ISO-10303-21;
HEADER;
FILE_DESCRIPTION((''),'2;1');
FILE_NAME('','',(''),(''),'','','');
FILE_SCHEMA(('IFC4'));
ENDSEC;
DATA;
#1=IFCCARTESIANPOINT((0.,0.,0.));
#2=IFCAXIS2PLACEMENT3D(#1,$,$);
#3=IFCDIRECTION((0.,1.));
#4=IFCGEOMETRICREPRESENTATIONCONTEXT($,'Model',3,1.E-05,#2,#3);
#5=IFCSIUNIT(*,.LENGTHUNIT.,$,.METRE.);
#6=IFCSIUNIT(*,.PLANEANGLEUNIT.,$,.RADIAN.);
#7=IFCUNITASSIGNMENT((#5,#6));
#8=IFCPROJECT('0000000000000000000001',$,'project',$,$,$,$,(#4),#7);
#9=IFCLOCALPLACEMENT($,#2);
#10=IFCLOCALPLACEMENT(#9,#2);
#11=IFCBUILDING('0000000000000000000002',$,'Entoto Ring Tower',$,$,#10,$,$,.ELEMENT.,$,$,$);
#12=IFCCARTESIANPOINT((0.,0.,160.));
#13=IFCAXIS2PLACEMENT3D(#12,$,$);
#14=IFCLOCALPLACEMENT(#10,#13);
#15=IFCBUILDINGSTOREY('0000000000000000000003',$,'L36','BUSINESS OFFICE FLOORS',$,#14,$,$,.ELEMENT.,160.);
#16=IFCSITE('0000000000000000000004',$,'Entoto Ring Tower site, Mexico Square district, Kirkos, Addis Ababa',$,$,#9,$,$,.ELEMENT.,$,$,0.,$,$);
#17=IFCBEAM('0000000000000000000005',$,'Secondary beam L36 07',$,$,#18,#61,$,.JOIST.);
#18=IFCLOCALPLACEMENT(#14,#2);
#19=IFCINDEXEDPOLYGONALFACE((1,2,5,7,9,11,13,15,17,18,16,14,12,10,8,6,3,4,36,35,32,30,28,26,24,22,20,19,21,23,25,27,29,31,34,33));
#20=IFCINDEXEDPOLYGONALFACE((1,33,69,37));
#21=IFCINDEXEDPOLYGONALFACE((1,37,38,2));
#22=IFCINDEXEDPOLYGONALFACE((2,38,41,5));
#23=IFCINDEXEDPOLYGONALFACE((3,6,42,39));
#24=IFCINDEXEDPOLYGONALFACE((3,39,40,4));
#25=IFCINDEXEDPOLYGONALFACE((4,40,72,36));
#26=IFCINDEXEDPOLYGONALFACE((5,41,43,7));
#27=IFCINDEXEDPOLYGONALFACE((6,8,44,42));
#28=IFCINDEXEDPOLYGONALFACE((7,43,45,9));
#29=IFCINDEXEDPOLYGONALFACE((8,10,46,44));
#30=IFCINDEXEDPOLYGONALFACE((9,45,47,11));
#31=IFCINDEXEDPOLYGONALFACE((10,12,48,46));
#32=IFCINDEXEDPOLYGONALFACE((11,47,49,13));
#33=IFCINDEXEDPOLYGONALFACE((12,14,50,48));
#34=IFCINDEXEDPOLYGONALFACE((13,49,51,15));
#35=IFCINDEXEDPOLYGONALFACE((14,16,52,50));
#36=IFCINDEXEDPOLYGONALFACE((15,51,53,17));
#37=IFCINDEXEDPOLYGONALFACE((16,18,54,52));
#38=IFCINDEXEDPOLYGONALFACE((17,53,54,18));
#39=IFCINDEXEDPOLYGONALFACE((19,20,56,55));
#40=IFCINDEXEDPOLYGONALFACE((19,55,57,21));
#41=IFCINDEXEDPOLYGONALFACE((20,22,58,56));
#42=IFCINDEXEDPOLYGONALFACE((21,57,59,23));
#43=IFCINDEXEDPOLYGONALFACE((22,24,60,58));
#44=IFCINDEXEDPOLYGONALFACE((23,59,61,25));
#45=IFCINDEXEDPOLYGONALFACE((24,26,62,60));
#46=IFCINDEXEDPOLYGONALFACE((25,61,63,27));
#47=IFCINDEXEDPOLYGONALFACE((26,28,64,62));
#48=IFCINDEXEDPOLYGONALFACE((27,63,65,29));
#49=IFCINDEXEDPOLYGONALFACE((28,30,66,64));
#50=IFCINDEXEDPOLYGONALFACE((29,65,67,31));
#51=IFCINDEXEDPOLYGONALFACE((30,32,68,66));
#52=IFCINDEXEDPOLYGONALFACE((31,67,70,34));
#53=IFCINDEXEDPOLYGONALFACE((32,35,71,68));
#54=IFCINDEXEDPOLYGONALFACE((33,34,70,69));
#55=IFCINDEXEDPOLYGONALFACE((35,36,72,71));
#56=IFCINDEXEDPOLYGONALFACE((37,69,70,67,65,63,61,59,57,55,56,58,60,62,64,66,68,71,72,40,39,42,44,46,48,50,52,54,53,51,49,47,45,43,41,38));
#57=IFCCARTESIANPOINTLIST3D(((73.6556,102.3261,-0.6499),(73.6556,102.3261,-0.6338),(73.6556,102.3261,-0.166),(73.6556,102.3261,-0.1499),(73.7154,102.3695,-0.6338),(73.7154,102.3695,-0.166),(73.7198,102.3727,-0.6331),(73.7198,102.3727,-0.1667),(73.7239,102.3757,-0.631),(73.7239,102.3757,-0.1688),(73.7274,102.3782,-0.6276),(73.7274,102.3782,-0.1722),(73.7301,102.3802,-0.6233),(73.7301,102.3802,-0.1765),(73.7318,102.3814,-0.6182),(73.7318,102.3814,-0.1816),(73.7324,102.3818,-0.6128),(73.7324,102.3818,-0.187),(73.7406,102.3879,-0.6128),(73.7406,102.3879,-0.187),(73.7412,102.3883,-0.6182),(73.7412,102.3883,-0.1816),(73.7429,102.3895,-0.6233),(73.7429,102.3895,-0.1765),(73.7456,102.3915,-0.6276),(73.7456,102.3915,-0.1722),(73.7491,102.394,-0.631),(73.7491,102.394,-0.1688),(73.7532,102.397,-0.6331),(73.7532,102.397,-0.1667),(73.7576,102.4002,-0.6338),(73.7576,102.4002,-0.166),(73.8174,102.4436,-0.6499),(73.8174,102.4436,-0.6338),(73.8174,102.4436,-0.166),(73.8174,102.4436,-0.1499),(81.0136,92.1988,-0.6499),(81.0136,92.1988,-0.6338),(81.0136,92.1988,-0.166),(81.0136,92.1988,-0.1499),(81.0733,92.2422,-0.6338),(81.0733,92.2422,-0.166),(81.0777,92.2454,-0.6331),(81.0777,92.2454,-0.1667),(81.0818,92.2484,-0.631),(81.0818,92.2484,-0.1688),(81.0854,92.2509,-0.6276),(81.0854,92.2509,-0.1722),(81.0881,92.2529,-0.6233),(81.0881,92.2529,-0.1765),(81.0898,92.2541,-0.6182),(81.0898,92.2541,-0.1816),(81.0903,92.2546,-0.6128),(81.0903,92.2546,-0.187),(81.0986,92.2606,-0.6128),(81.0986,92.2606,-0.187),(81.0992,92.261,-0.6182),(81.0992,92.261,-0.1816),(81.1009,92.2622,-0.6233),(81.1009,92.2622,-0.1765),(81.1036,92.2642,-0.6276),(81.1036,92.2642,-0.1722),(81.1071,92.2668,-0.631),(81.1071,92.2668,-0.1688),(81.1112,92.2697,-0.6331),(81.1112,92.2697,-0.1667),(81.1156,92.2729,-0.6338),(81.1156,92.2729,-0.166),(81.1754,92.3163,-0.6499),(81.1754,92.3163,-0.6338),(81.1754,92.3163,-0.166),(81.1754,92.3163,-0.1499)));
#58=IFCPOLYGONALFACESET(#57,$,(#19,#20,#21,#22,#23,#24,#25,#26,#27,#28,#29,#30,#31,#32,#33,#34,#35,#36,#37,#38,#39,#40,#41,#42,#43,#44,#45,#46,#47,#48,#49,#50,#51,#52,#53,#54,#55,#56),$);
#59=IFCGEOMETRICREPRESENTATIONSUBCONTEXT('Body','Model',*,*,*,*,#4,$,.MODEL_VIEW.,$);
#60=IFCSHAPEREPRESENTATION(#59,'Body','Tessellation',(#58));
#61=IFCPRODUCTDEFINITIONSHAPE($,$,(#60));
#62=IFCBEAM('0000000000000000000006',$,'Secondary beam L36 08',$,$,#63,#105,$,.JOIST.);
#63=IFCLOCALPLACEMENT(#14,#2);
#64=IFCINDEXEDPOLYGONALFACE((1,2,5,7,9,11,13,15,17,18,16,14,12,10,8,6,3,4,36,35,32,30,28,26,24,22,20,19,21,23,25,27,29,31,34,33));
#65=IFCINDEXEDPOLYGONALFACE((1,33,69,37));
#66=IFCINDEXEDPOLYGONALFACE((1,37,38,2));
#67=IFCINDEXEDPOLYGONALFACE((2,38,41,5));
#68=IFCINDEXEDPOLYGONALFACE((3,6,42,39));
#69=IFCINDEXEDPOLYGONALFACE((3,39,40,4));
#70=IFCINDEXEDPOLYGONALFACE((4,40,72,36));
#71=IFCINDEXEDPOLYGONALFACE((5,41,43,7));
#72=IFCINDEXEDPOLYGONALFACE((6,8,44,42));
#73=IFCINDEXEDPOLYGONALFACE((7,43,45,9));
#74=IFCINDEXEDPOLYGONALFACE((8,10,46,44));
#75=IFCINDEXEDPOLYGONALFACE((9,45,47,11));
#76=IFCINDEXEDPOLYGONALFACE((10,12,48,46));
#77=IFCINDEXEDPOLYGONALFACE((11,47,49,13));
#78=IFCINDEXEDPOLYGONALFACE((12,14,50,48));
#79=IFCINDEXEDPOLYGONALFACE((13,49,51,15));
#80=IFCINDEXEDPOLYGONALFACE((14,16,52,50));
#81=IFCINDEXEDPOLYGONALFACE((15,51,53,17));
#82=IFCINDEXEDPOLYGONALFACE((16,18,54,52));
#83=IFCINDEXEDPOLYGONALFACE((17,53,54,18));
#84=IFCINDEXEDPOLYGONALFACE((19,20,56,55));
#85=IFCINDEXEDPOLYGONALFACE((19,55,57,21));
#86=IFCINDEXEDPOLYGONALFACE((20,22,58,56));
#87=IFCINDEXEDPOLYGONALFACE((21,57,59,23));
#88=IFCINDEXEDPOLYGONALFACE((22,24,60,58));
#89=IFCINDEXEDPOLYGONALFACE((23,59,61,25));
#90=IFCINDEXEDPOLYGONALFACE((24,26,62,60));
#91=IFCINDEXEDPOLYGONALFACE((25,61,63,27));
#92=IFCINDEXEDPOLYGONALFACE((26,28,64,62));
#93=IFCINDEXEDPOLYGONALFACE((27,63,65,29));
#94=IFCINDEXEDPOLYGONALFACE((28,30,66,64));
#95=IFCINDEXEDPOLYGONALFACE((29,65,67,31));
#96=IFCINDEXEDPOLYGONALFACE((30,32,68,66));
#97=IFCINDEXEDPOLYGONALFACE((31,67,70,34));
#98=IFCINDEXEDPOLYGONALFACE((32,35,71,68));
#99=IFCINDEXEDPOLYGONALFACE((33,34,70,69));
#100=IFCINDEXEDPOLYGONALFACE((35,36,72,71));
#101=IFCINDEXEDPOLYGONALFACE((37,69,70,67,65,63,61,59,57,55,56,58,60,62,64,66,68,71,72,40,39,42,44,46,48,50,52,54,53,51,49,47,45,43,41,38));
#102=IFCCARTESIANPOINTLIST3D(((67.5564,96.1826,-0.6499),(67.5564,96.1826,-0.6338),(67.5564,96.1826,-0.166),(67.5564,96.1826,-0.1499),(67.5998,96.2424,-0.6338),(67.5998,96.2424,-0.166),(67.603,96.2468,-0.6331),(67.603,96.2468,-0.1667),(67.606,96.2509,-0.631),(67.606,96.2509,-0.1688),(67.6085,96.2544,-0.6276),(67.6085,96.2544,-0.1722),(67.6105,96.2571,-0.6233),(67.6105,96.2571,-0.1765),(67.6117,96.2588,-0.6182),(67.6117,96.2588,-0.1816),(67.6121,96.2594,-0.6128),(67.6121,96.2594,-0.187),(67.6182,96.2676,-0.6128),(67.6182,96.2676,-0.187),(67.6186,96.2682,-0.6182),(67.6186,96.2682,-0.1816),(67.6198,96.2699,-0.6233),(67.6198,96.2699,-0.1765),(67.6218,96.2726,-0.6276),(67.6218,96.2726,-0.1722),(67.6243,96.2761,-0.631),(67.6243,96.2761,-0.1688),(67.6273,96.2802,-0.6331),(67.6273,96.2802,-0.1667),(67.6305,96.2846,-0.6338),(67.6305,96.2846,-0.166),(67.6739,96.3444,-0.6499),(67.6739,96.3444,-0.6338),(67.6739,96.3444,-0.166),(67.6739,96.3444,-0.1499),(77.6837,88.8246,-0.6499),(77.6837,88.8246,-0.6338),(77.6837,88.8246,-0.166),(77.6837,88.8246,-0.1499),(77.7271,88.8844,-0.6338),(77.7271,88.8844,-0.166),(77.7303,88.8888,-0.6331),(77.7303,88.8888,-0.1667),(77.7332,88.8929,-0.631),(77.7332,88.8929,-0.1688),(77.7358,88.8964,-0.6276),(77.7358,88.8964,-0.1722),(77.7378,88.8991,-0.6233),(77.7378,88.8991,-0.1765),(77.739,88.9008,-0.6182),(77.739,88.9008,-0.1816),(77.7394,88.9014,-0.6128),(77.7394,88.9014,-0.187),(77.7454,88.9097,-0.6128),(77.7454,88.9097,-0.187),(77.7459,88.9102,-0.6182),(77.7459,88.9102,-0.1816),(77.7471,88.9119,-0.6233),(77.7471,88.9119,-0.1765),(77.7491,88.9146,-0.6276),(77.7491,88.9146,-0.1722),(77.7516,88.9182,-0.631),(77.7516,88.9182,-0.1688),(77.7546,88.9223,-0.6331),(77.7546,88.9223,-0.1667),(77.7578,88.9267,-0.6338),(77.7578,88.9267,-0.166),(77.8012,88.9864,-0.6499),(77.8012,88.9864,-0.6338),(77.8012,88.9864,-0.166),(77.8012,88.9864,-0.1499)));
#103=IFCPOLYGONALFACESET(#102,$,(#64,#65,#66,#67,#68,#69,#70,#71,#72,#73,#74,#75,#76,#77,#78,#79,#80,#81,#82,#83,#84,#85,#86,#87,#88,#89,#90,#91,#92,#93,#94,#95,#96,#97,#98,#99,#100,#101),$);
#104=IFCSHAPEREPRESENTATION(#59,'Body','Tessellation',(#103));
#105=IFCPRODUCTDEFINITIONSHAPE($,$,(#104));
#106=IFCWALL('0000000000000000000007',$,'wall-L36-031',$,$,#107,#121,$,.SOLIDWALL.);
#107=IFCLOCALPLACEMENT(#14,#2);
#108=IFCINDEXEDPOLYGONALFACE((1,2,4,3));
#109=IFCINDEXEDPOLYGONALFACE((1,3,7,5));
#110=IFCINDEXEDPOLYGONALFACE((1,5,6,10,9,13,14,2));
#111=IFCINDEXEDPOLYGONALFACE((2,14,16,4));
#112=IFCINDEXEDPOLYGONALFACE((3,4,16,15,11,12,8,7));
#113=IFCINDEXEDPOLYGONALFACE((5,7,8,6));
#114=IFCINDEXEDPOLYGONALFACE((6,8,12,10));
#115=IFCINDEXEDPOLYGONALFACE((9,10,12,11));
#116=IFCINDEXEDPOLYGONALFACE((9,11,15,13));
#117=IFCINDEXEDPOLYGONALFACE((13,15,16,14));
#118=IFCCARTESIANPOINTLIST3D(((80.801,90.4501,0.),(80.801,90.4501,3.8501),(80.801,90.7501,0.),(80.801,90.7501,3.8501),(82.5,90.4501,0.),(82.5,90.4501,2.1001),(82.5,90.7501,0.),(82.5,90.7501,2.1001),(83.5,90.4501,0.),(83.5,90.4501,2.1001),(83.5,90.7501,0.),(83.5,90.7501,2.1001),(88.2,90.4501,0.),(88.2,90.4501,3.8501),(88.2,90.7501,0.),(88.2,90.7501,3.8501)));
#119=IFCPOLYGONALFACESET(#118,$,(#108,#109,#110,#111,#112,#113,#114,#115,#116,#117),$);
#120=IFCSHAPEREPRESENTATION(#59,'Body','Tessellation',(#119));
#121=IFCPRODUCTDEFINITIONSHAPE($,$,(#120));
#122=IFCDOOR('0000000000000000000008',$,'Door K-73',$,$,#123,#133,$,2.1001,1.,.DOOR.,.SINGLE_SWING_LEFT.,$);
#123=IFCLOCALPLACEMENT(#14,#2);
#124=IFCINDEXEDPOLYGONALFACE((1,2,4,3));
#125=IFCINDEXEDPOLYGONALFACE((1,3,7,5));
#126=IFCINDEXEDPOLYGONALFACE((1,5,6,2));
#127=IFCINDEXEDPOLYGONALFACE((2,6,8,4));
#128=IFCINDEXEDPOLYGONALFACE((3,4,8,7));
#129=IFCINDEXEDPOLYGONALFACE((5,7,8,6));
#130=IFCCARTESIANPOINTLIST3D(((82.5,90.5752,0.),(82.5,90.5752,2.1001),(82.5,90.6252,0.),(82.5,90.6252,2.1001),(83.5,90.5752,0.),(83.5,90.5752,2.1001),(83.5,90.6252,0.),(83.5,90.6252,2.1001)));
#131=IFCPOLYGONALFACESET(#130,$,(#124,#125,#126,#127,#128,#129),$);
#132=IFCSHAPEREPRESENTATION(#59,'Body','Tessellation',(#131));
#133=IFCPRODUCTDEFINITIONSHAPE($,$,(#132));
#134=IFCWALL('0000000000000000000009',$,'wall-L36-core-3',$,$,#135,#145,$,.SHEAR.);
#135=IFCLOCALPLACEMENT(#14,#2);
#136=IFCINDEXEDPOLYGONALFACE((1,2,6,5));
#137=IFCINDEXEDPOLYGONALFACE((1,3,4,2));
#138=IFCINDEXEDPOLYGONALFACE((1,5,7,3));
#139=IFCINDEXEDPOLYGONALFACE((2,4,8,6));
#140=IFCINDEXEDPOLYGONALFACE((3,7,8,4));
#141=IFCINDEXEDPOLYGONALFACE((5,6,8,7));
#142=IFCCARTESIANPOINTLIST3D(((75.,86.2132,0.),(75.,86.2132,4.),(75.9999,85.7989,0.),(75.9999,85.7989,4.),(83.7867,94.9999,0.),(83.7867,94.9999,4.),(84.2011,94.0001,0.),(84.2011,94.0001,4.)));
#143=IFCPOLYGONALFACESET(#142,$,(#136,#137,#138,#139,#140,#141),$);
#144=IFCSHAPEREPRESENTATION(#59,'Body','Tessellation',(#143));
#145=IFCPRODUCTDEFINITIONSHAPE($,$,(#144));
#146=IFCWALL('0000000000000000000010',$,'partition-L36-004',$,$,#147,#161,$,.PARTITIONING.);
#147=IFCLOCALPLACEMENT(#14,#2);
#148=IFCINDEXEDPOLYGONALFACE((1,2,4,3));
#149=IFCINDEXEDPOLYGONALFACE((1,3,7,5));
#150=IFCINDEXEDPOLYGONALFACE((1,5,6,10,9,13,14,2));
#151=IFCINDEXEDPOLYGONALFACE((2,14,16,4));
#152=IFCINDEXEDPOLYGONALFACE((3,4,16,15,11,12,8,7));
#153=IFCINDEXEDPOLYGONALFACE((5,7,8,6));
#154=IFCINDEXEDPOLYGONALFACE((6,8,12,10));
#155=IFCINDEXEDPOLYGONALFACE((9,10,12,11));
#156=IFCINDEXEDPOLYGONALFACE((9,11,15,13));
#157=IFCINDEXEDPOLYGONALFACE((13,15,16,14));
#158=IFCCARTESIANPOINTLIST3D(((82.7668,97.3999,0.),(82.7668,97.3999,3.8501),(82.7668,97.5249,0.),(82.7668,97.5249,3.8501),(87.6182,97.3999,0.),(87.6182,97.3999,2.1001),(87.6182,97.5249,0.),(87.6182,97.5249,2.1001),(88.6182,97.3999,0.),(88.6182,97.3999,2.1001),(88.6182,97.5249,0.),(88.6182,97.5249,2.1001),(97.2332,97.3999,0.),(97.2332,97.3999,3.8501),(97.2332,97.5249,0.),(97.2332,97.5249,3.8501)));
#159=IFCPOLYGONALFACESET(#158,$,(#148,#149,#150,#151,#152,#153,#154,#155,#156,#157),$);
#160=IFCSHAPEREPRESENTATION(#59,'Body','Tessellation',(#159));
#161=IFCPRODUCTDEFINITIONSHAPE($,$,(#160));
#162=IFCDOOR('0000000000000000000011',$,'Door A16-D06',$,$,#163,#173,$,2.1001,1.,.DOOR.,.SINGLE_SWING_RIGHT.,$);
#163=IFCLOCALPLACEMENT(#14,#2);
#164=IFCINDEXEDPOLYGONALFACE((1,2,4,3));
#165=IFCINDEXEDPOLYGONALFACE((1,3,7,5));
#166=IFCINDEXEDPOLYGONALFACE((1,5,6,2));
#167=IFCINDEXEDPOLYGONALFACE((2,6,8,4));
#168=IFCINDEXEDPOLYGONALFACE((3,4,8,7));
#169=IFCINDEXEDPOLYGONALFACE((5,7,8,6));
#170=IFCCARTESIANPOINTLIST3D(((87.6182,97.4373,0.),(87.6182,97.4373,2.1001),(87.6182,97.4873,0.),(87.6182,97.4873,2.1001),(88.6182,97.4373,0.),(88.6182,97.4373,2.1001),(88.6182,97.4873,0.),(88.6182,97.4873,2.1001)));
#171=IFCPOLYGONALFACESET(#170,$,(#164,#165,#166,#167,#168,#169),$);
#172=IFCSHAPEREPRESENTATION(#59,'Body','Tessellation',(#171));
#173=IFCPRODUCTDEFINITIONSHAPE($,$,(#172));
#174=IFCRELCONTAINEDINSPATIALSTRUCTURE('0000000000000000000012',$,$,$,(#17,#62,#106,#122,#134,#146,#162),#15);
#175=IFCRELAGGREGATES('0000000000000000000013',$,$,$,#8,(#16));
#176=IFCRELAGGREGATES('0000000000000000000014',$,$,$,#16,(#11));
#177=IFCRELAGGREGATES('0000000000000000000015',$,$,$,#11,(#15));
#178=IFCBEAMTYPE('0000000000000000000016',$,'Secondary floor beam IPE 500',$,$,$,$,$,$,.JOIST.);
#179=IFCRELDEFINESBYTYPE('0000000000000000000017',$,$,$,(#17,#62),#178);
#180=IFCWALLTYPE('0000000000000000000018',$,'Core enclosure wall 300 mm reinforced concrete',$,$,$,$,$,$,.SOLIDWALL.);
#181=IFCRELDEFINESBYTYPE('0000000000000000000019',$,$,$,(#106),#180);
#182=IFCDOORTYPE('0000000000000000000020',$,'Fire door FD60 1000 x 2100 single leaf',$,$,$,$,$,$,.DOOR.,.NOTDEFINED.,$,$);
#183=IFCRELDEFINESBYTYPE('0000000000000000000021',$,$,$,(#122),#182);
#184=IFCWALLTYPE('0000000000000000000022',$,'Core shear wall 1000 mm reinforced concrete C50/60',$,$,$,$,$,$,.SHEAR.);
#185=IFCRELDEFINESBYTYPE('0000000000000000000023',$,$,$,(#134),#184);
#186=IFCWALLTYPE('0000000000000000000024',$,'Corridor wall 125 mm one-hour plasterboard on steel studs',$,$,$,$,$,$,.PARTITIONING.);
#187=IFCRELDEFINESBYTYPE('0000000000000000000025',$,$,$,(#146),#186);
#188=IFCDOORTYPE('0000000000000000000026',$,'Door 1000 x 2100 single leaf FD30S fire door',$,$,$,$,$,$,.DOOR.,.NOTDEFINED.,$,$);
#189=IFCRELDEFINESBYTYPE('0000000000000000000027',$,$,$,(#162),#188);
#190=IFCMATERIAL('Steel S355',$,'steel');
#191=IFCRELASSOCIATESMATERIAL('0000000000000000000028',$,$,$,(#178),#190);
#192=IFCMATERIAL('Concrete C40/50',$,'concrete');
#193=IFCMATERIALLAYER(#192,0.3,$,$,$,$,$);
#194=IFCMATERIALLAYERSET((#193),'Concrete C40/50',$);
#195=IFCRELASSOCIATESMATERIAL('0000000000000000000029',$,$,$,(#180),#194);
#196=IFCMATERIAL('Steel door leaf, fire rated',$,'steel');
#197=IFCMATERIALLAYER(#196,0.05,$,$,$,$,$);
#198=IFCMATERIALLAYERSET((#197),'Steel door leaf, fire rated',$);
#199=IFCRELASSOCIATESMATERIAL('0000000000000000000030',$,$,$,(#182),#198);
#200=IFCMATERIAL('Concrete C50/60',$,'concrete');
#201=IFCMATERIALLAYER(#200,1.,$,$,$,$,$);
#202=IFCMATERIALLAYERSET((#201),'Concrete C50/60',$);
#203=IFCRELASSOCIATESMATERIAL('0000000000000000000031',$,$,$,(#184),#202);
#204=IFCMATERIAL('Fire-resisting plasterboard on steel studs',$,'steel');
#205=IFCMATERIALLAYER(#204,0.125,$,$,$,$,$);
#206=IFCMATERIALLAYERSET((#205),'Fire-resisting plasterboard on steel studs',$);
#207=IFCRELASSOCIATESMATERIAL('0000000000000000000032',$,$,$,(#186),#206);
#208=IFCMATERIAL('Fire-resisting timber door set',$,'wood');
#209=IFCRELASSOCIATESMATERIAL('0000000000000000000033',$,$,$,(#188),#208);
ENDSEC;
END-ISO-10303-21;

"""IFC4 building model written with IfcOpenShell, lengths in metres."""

from ifc_helpers import new_model, si_unit, direction, frame, frame_2d, origin, origin_2d, place, context, subcontext, project, spatial, polyline, rectangle, i_section, outline, extrude, material, layer, layer_set, material_profile, profile_set, type_object, element, fill, save


model = new_model("IFC4")

# Units and contexts
model_context = context("Model", 3, precision=1e-05, world=origin(), true_north=direction((0.0, 1.0)))
body_context = subcontext(model_context, "Body", "Model", "MODEL_VIEW")
ifc_project = project(units=[si_unit("LENGTHUNIT", "METRE"), si_unit("PLANEANGLEUNIT", "RADIAN")], contexts=[model_context])

# Site, building, storey
site_placement = place(None, origin())
site = spatial("IfcSite", under=ifc_project, at=site_placement, Name="Entoto Ring Tower site, Mexico Square district, Kirkos, Addis Ababa", CompositionType="ELEMENT", RefElevation=0.0)
building_placement = place(site_placement, origin())
building = spatial("IfcBuilding", under=site, at=building_placement, Name="Entoto Ring Tower", CompositionType="ELEMENT")
storey_placement = place(building_placement, frame((0.0, 0.0, 160.0)))
storey = spatial("IfcBuildingStorey", under=building, at=storey_placement, Name="L36", Description="BUSINESS OFFICE FLOORS", CompositionType="ELEMENT", Elevation=160.0)

# Beams
ifc_material_1 = material(Name="Steel S355", Category="steel")
ifc_material_profile_1 = material_profile(ifc_material_1, i_section(OverallWidth=0.2, OverallDepth=0.5, WebThickness=0.0103, FlangeThickness=0.0161, FilletRadius=0.021, at=origin_2d()), Name="IPE 500")
ifc_profile_set_1 = profile_set([ifc_material_profile_1], Name="Steel S355")
beam_type_1 = type_object("IfcBeamType", Name="Secondary floor beam IPE 500", PredefinedType="JOIST", material=ifc_profile_set_1)
for number, where, z_axis, x_axis, name in (
    (1, (81.0945, 92.2576, -0.3999), (-0.587789, 0.809014, 0.0), (-0.809014, -0.587789, 0.0), "Secondary beam L36 07"),
    (2, (77.7424, 88.9055, -0.3999), (-0.809014, 0.587789, 0.0), (-0.587789, -0.809014, 0.0), "Secondary beam L36 08"),
):
    element("IfcBeam", number, at=place(storey_placement, frame(where, z_axis=z_axis, x_axis=x_axis)), inside=storey, type_object=beam_type_1, Name=name, PredefinedType="JOIST", context=body_context, shape_type="SweptSolid", body=[
        extrude(i_section(OverallWidth=0.2, OverallDepth=0.5, WebThickness=0.0103, FlangeThickness=0.0161, FilletRadius=0.021, at=origin_2d()), origin(), (0.0, 0.0, 1.0), 12.5181),
    ])

# Wall, opening, door
ifc_material_2 = material(Name="Concrete C40/50", Category="concrete")
ifc_layer_1 = layer(ifc_material_2, 0.3)
ifc_layer_set_1 = layer_set([ifc_layer_1], Name="Concrete C40/50")
wall_type_1 = type_object("IfcWallType", Name="Core enclosure wall 300 mm reinforced concrete", PredefinedType="SOLIDWALL", material=ifc_layer_set_1)
wall_1_placement = place(storey_placement, frame((80.801, 90.6001, 0.0), z_axis=(0.0, 0.0, 1.0), x_axis=(1.0, 0.0, 0.0)))
wall_1 = element("IfcWall", 3, at=wall_1_placement, inside=storey, type_object=wall_type_1, Name="wall-L36-031", PredefinedType="SOLIDWALL", context=body_context, shape_type="SweptSolid", body=[
    extrude(rectangle(XDim=7.3989, YDim=0.3, at=frame_2d((3.6995, 0.0))), origin(), (0.0, 0.0, 1.0), 3.8501),
])
opening_1_placement = place(wall_1_placement, frame((1.699, 0.0, 0.0)))
opening_1 = element("IfcOpeningElement", 4, at=opening_1_placement, cuts=wall_1, PredefinedType="OPENING", context=body_context, shape_type="SweptSolid", body=[
    extrude(rectangle(XDim=1.0, YDim=2.1001, at=frame_2d((0.5, 1.05))), frame((0.0, 0.1602, 0.0), z_axis=(0.0, -1.0, 0.0), x_axis=(1.0, 0.0, 0.0)), (0.0, 0.0, 1.0), 0.3201),
])
ifc_material_3 = material(Name="Steel door leaf, fire rated", Category="steel")
ifc_layer_2 = layer(ifc_material_3, 0.05)
ifc_layer_set_2 = layer_set([ifc_layer_2], Name="Steel door leaf, fire rated")
door_type_1 = type_object("IfcDoorType", Name="Fire door FD60 1000 x 2100 single leaf", OperationType="NOTDEFINED", PredefinedType="DOOR", material=ifc_layer_set_2)
door_1_placement = place(opening_1_placement, frame((1.0, 0.0, 0.0), z_axis=(0.0, 0.0, 1.0), x_axis=(-1.0, 0.0, 0.0)))
door_1 = element("IfcDoor", 5, at=door_1_placement, inside=storey, type_object=door_type_1, Name="Door K-73", OperationType="SINGLE_SWING_LEFT", OverallHeight=2.1001, OverallWidth=1.0, PredefinedType="DOOR", context=body_context, shape_type="SweptSolid", body=[
    extrude(rectangle(XDim=1.0, YDim=2.1001, at=frame_2d((0.5, 1.05))), frame((0.0, 0.0249, 0.0), z_axis=(0.0, -1.0, 0.0), x_axis=(1.0, 0.0, 0.0)), (0.0, 0.0, 1.0), 0.05),
])
fill(opening_1, door_1)

# Wall
ifc_material_4 = material(Name="Concrete C50/60", Category="concrete")
ifc_layer_3 = layer(ifc_material_4, 1.0)
ifc_layer_set_3 = layer_set([ifc_layer_3], Name="Concrete C50/60")
wall_type_2 = type_object("IfcWallType", Name="Core shear wall 1000 mm reinforced concrete C50/60", PredefinedType="SHEAR", material=ifc_layer_set_3)
wall_2_placement = place(storey_placement, frame((83.9939, 94.5, 0.0), z_axis=(0.0, 0.0, 1.0), x_axis=(-0.707107, -0.707107, 0.0)))
element("IfcWall", 6, at=wall_2_placement, inside=storey, type_object=wall_type_2, Name="wall-L36-core-3", PredefinedType="SHEAR", context=body_context, shape_type="SweptSolid", body=[
    extrude(outline(polyline([(-0.207, -0.5), (12.2192, -0.5), (11.8052, 0.5), (0.207, 0.5), (-0.207, -0.5)])), origin(), (0.0, 0.0, 1.0), 4.0),
])

# Wall, opening, door
ifc_material_5 = material(Name="Fire-resisting plasterboard on steel studs", Category="steel")
ifc_layer_4 = layer(ifc_material_5, 0.125)
ifc_layer_set_4 = layer_set([ifc_layer_4], Name="Fire-resisting plasterboard on steel studs")
wall_type_3 = type_object("IfcWallType", Name="Corridor wall 125 mm one-hour plasterboard on steel studs", PredefinedType="PARTITIONING", material=ifc_layer_set_4)
wall_3_placement = place(storey_placement, frame((82.7668, 97.4624, 0.0), z_axis=(0.0, 0.0, 1.0), x_axis=(1.0, 0.0, 0.0)))
wall_3 = element("IfcWall", 7, at=wall_3_placement, inside=storey, type_object=wall_type_3, Name="partition-L36-004", PredefinedType="PARTITIONING", context=body_context, shape_type="SweptSolid", body=[
    extrude(rectangle(XDim=14.4663, YDim=0.125, at=frame_2d((7.2332, 0.0))), origin(), (0.0, 0.0, 1.0), 3.8501),
])
opening_2_placement = place(wall_3_placement, frame((4.8513, 0.0, 0.0)))
opening_2 = element("IfcOpeningElement", 8, at=opening_2_placement, cuts=wall_3, PredefinedType="OPENING", context=body_context, shape_type="SweptSolid", body=[
    extrude(rectangle(XDim=1.0, YDim=2.1001, at=frame_2d((0.5, 1.05))), frame((0.0, 0.0725, 0.0), z_axis=(0.0, -1.0, 0.0), x_axis=(1.0, 0.0, 0.0)), (0.0, 0.0, 1.0), 0.145),
])
ifc_material_6 = material(Name="Fire-resisting timber door set", Category="wood")
door_type_2 = type_object("IfcDoorType", Name="Door 1000 x 2100 single leaf FD30S fire door", OperationType="NOTDEFINED", PredefinedType="DOOR", material=ifc_material_6)
door_2_placement = place(opening_2_placement, origin())
door_2 = element("IfcDoor", 9, at=door_2_placement, inside=storey, type_object=door_type_2, Name="Door A16-D06", OperationType="SINGLE_SWING_RIGHT", OverallHeight=2.1001, OverallWidth=1.0, PredefinedType="DOOR", context=body_context, shape_type="SweptSolid", body=[
    extrude(rectangle(XDim=1.0, YDim=2.1001, at=frame_2d((0.5, 1.05))), frame((0.0, 0.0249, 0.0), z_axis=(0.0, -1.0, 0.0), x_axis=(1.0, 0.0, 0.0)), (0.0, 0.0, 1.0), 0.05),
])
fill(opening_2, door_2)

save(model, "model.ifc")
